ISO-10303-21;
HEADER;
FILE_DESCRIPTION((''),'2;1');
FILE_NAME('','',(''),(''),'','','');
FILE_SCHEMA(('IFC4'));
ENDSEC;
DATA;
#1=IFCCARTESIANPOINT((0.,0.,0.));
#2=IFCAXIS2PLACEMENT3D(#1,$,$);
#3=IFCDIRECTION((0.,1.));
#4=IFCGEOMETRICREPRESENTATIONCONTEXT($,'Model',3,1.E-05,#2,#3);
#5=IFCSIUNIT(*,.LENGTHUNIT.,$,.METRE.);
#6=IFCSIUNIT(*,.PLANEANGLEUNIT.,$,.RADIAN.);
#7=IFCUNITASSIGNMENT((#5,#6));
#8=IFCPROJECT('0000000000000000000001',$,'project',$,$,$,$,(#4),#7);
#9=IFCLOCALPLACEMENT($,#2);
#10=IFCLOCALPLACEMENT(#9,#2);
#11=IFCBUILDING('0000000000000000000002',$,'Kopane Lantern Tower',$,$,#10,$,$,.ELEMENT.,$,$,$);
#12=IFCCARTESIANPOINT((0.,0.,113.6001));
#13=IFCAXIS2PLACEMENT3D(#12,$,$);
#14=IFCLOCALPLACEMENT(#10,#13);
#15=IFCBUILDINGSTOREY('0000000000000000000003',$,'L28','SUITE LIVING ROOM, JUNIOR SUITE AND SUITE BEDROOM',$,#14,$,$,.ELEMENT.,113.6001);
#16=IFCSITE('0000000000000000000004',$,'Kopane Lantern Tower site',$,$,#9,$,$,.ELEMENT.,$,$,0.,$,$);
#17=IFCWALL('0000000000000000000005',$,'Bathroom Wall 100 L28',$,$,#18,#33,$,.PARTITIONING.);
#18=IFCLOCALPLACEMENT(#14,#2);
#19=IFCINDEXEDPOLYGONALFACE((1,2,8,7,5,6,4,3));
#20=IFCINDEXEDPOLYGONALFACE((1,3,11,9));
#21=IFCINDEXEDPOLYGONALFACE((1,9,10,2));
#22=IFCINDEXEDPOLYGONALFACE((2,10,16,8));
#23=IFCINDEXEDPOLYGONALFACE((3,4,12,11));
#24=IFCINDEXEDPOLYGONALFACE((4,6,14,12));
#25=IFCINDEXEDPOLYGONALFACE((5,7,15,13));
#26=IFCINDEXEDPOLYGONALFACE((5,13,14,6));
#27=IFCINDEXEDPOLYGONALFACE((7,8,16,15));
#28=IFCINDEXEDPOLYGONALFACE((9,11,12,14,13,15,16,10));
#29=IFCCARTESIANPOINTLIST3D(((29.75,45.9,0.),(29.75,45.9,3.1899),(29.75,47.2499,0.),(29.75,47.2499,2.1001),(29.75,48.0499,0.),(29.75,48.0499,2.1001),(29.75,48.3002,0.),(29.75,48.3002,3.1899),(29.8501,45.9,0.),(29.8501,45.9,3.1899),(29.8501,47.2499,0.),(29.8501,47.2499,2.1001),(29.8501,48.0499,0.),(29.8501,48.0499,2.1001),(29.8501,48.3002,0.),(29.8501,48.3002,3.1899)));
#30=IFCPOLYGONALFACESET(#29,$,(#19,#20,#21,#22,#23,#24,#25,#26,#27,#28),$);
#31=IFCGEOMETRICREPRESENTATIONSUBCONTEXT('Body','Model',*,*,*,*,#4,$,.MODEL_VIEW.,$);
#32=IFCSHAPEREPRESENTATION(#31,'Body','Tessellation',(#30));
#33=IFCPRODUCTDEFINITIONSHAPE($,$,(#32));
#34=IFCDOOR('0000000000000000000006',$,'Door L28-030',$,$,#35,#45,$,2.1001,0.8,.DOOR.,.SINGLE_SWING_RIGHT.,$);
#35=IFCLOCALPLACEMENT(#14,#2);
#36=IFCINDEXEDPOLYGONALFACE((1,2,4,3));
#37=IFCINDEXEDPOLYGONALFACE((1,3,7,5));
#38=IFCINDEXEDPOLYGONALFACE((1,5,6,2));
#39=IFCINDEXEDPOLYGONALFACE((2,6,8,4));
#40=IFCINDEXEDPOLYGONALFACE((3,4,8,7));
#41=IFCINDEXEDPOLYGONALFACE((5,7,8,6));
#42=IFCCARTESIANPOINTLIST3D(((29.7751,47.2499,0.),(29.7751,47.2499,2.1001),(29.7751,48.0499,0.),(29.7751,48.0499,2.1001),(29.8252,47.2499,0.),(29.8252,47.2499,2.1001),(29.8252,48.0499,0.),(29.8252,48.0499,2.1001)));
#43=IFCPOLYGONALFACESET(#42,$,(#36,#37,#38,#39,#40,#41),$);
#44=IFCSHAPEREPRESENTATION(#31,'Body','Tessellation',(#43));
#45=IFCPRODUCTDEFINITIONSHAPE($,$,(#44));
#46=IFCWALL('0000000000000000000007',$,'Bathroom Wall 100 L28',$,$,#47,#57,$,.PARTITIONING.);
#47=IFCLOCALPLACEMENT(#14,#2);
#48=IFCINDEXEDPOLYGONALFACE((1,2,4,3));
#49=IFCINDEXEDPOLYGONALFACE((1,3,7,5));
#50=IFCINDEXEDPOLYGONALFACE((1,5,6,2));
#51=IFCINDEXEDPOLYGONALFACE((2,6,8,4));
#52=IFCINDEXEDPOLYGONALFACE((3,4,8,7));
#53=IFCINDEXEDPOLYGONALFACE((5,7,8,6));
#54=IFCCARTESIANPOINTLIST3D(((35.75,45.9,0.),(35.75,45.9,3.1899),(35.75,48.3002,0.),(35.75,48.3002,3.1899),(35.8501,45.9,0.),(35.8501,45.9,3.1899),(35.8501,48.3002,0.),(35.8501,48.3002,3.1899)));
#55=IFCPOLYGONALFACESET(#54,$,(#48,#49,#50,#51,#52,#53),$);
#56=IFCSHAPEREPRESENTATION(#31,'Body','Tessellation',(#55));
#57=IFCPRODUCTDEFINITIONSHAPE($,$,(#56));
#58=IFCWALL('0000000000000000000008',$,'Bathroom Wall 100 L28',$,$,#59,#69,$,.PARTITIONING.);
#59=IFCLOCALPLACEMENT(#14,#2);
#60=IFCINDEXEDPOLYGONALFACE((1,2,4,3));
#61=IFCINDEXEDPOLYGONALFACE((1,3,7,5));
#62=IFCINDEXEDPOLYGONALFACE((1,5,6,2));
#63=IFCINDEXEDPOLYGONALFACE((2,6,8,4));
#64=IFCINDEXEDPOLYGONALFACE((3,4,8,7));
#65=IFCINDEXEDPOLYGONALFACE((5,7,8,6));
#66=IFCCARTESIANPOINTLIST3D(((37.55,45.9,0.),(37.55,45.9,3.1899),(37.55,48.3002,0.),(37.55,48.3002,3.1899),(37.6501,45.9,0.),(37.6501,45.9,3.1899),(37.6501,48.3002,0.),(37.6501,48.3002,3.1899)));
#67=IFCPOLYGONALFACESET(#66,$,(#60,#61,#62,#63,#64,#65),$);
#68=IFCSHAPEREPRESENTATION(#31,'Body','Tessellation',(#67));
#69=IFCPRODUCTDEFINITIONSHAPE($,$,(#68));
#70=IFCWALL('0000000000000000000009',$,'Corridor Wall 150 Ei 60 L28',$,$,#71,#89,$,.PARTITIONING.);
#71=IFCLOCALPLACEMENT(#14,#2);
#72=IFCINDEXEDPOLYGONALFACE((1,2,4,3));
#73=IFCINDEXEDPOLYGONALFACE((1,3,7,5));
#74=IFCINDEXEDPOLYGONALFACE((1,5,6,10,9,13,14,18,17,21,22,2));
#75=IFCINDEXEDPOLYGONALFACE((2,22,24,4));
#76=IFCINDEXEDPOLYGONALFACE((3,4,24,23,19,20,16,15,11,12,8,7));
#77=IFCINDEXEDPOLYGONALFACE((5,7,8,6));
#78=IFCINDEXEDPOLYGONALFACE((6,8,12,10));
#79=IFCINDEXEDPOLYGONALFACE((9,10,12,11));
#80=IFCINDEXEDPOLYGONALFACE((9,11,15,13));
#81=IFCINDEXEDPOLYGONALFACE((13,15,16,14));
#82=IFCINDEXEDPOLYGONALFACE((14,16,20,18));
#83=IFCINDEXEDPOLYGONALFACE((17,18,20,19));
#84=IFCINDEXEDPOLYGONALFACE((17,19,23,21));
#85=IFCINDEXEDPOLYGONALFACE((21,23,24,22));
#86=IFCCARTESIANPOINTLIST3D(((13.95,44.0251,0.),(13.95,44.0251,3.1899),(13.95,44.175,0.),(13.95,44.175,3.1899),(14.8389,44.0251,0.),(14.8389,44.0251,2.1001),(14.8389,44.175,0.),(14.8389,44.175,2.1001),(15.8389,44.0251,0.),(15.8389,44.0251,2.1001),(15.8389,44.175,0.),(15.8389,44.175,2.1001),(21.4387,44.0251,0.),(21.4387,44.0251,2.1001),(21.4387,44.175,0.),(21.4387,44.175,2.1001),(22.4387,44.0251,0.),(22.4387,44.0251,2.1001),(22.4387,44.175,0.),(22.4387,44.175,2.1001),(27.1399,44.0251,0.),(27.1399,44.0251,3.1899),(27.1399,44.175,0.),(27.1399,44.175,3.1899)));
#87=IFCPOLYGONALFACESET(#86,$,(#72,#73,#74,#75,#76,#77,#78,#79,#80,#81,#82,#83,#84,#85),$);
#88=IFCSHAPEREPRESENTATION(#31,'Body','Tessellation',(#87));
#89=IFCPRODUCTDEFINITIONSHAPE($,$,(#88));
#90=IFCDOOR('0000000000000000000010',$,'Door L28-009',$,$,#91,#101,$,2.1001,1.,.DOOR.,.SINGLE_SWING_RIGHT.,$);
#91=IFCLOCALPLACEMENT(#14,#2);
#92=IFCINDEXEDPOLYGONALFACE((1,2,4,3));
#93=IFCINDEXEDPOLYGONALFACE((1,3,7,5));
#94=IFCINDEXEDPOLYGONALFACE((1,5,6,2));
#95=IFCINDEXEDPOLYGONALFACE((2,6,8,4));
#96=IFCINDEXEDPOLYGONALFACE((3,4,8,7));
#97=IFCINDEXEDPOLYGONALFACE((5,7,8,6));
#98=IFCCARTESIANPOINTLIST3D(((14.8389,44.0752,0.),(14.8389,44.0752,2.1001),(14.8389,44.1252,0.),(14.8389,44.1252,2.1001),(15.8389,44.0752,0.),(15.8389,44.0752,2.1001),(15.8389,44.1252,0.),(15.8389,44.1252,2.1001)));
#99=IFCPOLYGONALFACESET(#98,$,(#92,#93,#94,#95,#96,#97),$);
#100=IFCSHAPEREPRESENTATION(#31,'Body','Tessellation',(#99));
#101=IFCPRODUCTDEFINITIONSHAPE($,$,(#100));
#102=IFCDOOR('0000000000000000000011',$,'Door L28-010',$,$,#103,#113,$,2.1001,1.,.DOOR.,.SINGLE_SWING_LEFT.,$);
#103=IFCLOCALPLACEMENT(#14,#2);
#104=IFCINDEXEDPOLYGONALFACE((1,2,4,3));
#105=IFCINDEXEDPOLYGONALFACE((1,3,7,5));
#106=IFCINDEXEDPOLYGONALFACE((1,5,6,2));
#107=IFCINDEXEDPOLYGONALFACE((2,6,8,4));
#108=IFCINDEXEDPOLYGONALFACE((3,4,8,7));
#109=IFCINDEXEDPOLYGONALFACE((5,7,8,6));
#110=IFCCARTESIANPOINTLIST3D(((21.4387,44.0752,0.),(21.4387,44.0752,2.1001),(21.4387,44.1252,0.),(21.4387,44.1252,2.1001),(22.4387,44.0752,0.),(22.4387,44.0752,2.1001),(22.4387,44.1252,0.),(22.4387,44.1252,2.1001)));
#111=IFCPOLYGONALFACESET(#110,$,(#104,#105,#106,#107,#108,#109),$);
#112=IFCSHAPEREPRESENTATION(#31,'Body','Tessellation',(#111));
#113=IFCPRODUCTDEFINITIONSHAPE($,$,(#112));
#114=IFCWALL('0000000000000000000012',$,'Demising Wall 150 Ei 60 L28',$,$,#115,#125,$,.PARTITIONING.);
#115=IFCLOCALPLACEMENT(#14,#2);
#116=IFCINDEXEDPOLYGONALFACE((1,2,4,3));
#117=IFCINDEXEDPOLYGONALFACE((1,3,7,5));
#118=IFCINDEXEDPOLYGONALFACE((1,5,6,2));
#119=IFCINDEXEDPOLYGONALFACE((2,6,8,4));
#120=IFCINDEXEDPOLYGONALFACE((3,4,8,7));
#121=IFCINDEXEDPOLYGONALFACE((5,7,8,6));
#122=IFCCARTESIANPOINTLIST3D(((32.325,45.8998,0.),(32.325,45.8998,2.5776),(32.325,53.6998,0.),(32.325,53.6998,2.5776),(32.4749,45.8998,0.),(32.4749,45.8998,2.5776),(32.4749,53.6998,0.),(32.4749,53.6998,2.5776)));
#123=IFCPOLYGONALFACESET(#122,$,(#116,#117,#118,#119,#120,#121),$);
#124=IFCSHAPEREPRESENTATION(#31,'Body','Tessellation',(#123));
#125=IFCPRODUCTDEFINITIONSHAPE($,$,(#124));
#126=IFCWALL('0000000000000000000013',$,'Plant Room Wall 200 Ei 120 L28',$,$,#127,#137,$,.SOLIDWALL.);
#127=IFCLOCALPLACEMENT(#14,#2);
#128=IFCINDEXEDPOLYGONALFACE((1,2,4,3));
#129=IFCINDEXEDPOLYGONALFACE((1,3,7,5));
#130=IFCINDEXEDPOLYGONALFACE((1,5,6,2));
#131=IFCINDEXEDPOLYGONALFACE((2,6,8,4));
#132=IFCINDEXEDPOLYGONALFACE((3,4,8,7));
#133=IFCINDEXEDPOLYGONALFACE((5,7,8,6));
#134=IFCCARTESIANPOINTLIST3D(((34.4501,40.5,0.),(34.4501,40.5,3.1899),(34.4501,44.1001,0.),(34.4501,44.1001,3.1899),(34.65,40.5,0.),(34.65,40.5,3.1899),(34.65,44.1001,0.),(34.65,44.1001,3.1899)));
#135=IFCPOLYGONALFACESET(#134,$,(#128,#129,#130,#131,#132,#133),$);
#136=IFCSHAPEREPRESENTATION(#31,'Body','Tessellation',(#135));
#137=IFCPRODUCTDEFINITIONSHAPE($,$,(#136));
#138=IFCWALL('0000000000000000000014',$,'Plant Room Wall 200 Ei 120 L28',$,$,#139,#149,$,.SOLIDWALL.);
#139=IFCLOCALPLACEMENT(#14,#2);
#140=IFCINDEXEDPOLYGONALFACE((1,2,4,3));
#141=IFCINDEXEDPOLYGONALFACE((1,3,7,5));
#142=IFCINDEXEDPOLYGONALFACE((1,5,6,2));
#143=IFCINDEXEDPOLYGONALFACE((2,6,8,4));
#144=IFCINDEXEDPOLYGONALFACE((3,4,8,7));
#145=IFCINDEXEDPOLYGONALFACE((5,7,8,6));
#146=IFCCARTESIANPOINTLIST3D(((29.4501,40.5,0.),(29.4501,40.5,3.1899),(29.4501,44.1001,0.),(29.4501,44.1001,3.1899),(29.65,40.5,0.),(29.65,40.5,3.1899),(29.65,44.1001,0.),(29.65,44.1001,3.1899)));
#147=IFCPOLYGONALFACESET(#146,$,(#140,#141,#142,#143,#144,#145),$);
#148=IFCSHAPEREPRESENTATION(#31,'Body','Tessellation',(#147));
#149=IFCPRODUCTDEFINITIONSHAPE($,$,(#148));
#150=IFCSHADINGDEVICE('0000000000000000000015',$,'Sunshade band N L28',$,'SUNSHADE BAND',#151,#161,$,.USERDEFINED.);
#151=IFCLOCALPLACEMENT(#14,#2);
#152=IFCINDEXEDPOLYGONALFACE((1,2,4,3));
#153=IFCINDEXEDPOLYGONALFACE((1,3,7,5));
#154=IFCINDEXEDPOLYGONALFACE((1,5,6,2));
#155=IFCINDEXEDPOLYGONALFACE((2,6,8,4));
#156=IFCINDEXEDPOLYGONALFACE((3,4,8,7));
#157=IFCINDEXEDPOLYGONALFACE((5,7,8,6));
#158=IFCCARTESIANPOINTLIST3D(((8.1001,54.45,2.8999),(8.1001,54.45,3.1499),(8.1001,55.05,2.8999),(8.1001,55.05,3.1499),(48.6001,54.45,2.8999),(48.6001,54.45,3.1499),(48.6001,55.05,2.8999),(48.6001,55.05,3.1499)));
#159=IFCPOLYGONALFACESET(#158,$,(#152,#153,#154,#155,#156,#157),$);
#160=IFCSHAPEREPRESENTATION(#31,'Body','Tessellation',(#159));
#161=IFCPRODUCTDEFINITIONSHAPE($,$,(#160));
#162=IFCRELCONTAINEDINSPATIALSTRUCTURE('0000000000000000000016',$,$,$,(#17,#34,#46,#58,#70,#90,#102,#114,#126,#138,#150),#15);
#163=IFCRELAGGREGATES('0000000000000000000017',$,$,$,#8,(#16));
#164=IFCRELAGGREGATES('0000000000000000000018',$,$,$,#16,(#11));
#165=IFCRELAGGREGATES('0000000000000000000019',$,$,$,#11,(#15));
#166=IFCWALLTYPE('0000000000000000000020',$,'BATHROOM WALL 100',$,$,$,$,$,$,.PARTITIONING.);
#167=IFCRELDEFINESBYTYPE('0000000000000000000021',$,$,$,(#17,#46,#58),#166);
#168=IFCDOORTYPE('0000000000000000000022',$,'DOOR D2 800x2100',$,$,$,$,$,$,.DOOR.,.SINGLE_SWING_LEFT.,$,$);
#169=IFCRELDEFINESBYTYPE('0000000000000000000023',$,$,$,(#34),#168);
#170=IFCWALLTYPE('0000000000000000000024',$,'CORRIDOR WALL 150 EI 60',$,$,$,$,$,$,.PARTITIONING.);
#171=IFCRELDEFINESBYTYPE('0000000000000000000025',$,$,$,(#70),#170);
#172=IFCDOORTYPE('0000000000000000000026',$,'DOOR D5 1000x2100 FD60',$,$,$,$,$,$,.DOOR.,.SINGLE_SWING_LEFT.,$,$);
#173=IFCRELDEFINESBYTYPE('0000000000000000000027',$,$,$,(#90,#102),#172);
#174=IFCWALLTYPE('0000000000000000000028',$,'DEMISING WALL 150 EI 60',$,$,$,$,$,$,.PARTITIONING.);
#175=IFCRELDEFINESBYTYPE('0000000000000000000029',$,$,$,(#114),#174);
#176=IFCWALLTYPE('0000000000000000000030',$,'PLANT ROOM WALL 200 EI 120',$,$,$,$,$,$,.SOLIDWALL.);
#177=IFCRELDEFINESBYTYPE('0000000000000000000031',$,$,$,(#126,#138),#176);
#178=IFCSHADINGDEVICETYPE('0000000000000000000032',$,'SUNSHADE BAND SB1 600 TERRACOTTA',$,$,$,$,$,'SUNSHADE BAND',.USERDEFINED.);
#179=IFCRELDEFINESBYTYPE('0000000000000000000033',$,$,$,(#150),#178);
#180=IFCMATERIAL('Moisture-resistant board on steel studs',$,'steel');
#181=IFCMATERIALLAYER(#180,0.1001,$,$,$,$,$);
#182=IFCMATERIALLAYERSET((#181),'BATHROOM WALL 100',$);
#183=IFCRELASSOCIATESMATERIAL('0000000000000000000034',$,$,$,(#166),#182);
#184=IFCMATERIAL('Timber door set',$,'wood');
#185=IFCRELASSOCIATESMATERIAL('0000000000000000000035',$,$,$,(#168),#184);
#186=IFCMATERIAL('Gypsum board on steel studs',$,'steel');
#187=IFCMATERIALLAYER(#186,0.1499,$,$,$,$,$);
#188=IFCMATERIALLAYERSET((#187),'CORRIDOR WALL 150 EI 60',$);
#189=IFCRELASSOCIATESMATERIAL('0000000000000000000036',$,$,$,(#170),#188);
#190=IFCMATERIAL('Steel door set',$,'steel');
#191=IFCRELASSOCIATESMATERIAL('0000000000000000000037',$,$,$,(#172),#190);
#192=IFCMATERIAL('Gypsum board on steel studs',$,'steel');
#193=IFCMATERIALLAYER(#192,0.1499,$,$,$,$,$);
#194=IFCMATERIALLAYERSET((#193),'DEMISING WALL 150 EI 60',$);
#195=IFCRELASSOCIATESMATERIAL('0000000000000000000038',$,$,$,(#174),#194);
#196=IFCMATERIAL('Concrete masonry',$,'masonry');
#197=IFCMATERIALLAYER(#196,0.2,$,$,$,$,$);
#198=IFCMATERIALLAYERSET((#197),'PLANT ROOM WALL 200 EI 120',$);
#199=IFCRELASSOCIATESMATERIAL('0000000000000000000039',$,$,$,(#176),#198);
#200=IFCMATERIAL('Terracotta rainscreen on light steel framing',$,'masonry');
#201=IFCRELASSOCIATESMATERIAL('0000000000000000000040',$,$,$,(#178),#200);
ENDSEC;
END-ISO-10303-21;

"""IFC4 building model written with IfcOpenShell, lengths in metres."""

from ifc_helpers import new_model, si_unit, direction, frame, frame_2d, origin, origin_2d, place, context, subcontext, project, spatial, rectangle, extrude, material, layer, layer_set, type_object, element, fill, save


model = new_model("IFC4")

# Units and contexts
model_context = context("Model", 3, precision=1e-05, world=origin(), true_north=direction((0.0, 1.0)))
body_context = subcontext(model_context, "Body", "Model", "MODEL_VIEW")
ifc_project = project(units=[si_unit("LENGTHUNIT", "METRE"), si_unit("PLANEANGLEUNIT", "RADIAN")], contexts=[model_context])

# Site, building, storey
site_placement = place(None, origin())
site = spatial("IfcSite", under=ifc_project, at=site_placement, Name="Kopane Lantern Tower site", CompositionType="ELEMENT", RefElevation=0.0)
building_placement = place(site_placement, origin())
building = spatial("IfcBuilding", under=site, at=building_placement, Name="Kopane Lantern Tower", CompositionType="ELEMENT")
storey_placement = place(building_placement, frame((0.0, 0.0, 113.6001)))
storey = spatial("IfcBuildingStorey", under=building, at=storey_placement, Name="L28", Description="SUITE LIVING ROOM, JUNIOR SUITE AND SUITE BEDROOM", CompositionType="ELEMENT", Elevation=113.6001)

# Shared definitions
ifc_material_1 = material(Name="Moisture-resistant board on steel studs", Category="steel")
ifc_layer_1 = layer(ifc_material_1, 0.1001)
ifc_layer_set_1 = layer_set([ifc_layer_1], Name="BATHROOM WALL 100")
wall_type_1 = type_object("IfcWallType", Name="BATHROOM WALL 100", PredefinedType="PARTITIONING", material=ifc_layer_set_1)
ifc_material_2 = material(Name="Timber door set", Category="wood")
door_type_1 = type_object("IfcDoorType", Name="DOOR D2 800x2100", OperationType="SINGLE_SWING_LEFT", PredefinedType="DOOR", material=ifc_material_2)

# Wall, opening, door
wall_1_placement = place(storey_placement, frame((29.8, 45.8999, 0.0), z_axis=(0.0, 0.0, 1.0), x_axis=(0.0, 1.0, 0.0)))
wall_1 = element("IfcWall", 1, at=wall_1_placement, inside=storey, type_object=wall_type_1, Name="Bathroom Wall 100 L28", PredefinedType="PARTITIONING", context=body_context, shape_type="SweptSolid", body=[
    extrude(rectangle(XDim=2.4001, YDim=0.1001, at=frame_2d((1.2002, 0.0))), origin(), (0.0, 0.0, 1.0), 3.1899),
])
opening_1_placement = place(wall_1_placement, frame((1.3501, 0.0, 0.0)))
opening_1 = element("IfcOpeningElement", 2, at=opening_1_placement, cuts=wall_1, PredefinedType="OPENING", context=body_context, shape_type="SweptSolid", body=[
    extrude(rectangle(XDim=0.8, YDim=2.1001, at=frame_2d((0.3999, 1.05))), frame((0.0, 0.0601, 0.0), z_axis=(0.0, -1.0, 0.0), x_axis=(1.0, 0.0, 0.0)), (0.0, 0.0, 1.0), 0.1201),
])
door_1_placement = place(opening_1_placement, origin())
door_1 = element("IfcDoor", 3, at=door_1_placement, inside=storey, type_object=door_type_1, Name="Door L28-030", OperationType="SINGLE_SWING_RIGHT", OverallHeight=2.1001, OverallWidth=0.8, PredefinedType="DOOR", context=body_context, shape_type="SweptSolid", body=[
    extrude(rectangle(XDim=0.8, YDim=2.1001, at=frame_2d((0.3999, 1.05))), frame((0.0, 0.0249, 0.0), z_axis=(0.0, -1.0, 0.0), x_axis=(1.0, 0.0, 0.0)), (0.0, 0.0, 1.0), 0.05),
])
fill(opening_1, door_1)

# Walls
for number, where, z_axis, x_axis, name in (
    (4, (35.8, 45.8999, 0.0), (0.0, 0.0, 1.0), (0.0, 1.0, 0.0), "Bathroom Wall 100 L28"),
    (5, (37.6001, 45.8999, 0.0), (0.0, 0.0, 1.0), (0.0, 1.0, 0.0), "Bathroom Wall 100 L28"),
):
    element("IfcWall", number, at=place(storey_placement, frame(where, z_axis=z_axis, x_axis=x_axis)), inside=storey, type_object=wall_type_1, Name=name, PredefinedType="PARTITIONING", context=body_context, shape_type="SweptSolid", body=[
        extrude(rectangle(XDim=2.4001, YDim=0.1001, at=frame_2d((1.2002, 0.0))), origin(), (0.0, 0.0, 1.0), 3.1899),
    ])

# Wall, openings, doors
ifc_material_3 = material(Name="Gypsum board on steel studs", Category="steel")
ifc_layer_2 = layer(ifc_material_3, 0.1499)
ifc_layer_set_2 = layer_set([ifc_layer_2], Name="CORRIDOR WALL 150 EI 60")
wall_type_2 = type_object("IfcWallType", Name="CORRIDOR WALL 150 EI 60", PredefinedType="PARTITIONING", material=ifc_layer_set_2)
wall_2_placement = place(storey_placement, frame((27.1399, 44.1001, 0.0), z_axis=(0.0, 0.0, 1.0), x_axis=(-1.0, 0.0, 0.0)))
wall_2 = element("IfcWall", 6, at=wall_2_placement, inside=storey, type_object=wall_type_2, Name="Corridor Wall 150 Ei 60 L28", PredefinedType="PARTITIONING", context=body_context, shape_type="SweptSolid", body=[
    extrude(rectangle(XDim=13.1899, YDim=0.1499, at=frame_2d((6.595, 0.0))), origin(), (0.0, 0.0, 1.0), 3.1899),
])
opening_2_placement = place(wall_2_placement, frame((11.301, 0.0, 0.0)))
opening_2 = element("IfcOpeningElement", 7, at=opening_2_placement, cuts=wall_2, PredefinedType="OPENING", context=body_context, shape_type="SweptSolid", body=[
    extrude(rectangle(XDim=1.0, YDim=2.1001, at=frame_2d((0.5, 1.05))), frame((0.0, 0.085, 0.0), z_axis=(0.0, -1.0, 0.0), x_axis=(1.0, 0.0, 0.0)), (0.0, 0.0, 1.0), 0.1699),
])
opening_3_placement = place(wall_2_placement, frame((4.7012, 0.0, 0.0)))
opening_3 = element("IfcOpeningElement", 8, at=opening_3_placement, cuts=wall_2, PredefinedType="OPENING", context=body_context, shape_type="SweptSolid", body=[
    extrude(rectangle(XDim=1.0, YDim=2.1001, at=frame_2d((0.5, 1.05))), frame((0.0, 0.085, 0.0), z_axis=(0.0, -1.0, 0.0), x_axis=(1.0, 0.0, 0.0)), (0.0, 0.0, 1.0), 0.1699),
])
ifc_material_4 = material(Name="Steel door set", Category="steel")
door_type_2 = type_object("IfcDoorType", Name="DOOR D5 1000x2100 FD60", OperationType="SINGLE_SWING_LEFT", PredefinedType="DOOR", material=ifc_material_4)
door_2_placement = place(opening_2_placement, origin())
door_2 = element("IfcDoor", 9, at=door_2_placement, inside=storey, type_object=door_type_2, Name="Door L28-009", OperationType="SINGLE_SWING_RIGHT", OverallHeight=2.1001, OverallWidth=1.0, PredefinedType="DOOR", context=body_context, shape_type="SweptSolid", body=[
    extrude(rectangle(XDim=1.0, YDim=2.1001, at=frame_2d((0.5, 1.05))), frame((0.0, 0.0249, 0.0), z_axis=(0.0, -1.0, 0.0), x_axis=(1.0, 0.0, 0.0)), (0.0, 0.0, 1.0), 0.05),
])
fill(opening_2, door_2)
door_3_placement = place(opening_3_placement, origin())
door_3 = element("IfcDoor", 10, at=door_3_placement, inside=storey, type_object=door_type_2, Name="Door L28-010", OperationType="SINGLE_SWING_LEFT", OverallHeight=2.1001, OverallWidth=1.0, PredefinedType="DOOR", context=body_context, shape_type="SweptSolid", body=[
    extrude(rectangle(XDim=1.0, YDim=2.1001, at=frame_2d((0.5, 1.05))), frame((0.0, 0.0249, 0.0), z_axis=(0.0, -1.0, 0.0), x_axis=(1.0, 0.0, 0.0)), (0.0, 0.0, 1.0), 0.05),
])
fill(opening_3, door_3)

# Walls
ifc_material_5 = material(Name="Gypsum board on steel studs", Category="steel")
ifc_layer_3 = layer(ifc_material_5, 0.1499)
ifc_layer_set_3 = layer_set([ifc_layer_3], Name="DEMISING WALL 150 EI 60")
wall_type_3 = type_object("IfcWallType", Name="DEMISING WALL 150 EI 60", PredefinedType="PARTITIONING", material=ifc_layer_set_3)
wall_3_placement = place(storey_placement, frame((32.3999, 45.8999, 0.0), z_axis=(0.0, 0.0, 1.0), x_axis=(0.0, 1.0, 0.0)))
element("IfcWall", 11, at=wall_3_placement, inside=storey, type_object=wall_type_3, Name="Demising Wall 150 Ei 60 L28", PredefinedType="PARTITIONING", context=body_context, shape_type="SweptSolid", body=[
    extrude(rectangle(XDim=7.8, YDim=0.1499, at=frame_2d((3.8999, 0.0))), origin(), (0.0, 0.0, 1.0), 2.5776),
])
ifc_material_6 = material(Name="Concrete masonry", Category="masonry")
ifc_layer_4 = layer(ifc_material_6, 0.2)
ifc_layer_set_4 = layer_set([ifc_layer_4], Name="PLANT ROOM WALL 200 EI 120")
wall_type_4 = type_object("IfcWallType", Name="PLANT ROOM WALL 200 EI 120", PredefinedType="SOLIDWALL", material=ifc_layer_set_4)
for number, where, z_axis, x_axis, name in (
    (12, (34.55, 44.1001, 0.0), (0.0, 0.0, 1.0), (0.0, -1.0, 0.0), "Plant Room Wall 200 Ei 120 L28"),
    (13, (29.55, 40.5, 0.0), (0.0, 0.0, 1.0), (0.0, 1.0, 0.0), "Plant Room Wall 200 Ei 120 L28"),
):
    element("IfcWall", number, at=place(storey_placement, frame(where, z_axis=z_axis, x_axis=x_axis)), inside=storey, type_object=wall_type_4, Name=name, PredefinedType="SOLIDWALL", context=body_context, shape_type="SweptSolid", body=[
        extrude(rectangle(XDim=3.6001, YDim=0.2, at=frame_2d((1.8, 0.0))), origin(), (0.0, 0.0, 1.0), 3.1899),
    ])

# Shading device
ifc_material_7 = material(Name="Terracotta rainscreen on light steel framing", Category="masonry")
shading_device_type = type_object("IfcShadingDeviceType", Name="SUNSHADE BAND SB1 600 TERRACOTTA", ElementType="SUNSHADE BAND", PredefinedType="USERDEFINED", material=ifc_material_7)
shading_device_placement = place(storey_placement, frame((28.3501, 54.75, 2.8999), z_axis=(0.0, 0.0, 1.0), x_axis=(-1.0, 0.0, 0.0)))
element("IfcShadingDevice", 14, at=shading_device_placement, inside=storey, type_object=shading_device_type, Name="Sunshade band N L28", ObjectType="SUNSHADE BAND", PredefinedType="USERDEFINED", context=body_context, shape_type="SweptSolid", body=[
    extrude(rectangle(XDim=40.5, YDim=0.6001, at=origin_2d()), origin(), (0.0, 0.0, 1.0), 0.25),
])

save(model, "model.ifc")
